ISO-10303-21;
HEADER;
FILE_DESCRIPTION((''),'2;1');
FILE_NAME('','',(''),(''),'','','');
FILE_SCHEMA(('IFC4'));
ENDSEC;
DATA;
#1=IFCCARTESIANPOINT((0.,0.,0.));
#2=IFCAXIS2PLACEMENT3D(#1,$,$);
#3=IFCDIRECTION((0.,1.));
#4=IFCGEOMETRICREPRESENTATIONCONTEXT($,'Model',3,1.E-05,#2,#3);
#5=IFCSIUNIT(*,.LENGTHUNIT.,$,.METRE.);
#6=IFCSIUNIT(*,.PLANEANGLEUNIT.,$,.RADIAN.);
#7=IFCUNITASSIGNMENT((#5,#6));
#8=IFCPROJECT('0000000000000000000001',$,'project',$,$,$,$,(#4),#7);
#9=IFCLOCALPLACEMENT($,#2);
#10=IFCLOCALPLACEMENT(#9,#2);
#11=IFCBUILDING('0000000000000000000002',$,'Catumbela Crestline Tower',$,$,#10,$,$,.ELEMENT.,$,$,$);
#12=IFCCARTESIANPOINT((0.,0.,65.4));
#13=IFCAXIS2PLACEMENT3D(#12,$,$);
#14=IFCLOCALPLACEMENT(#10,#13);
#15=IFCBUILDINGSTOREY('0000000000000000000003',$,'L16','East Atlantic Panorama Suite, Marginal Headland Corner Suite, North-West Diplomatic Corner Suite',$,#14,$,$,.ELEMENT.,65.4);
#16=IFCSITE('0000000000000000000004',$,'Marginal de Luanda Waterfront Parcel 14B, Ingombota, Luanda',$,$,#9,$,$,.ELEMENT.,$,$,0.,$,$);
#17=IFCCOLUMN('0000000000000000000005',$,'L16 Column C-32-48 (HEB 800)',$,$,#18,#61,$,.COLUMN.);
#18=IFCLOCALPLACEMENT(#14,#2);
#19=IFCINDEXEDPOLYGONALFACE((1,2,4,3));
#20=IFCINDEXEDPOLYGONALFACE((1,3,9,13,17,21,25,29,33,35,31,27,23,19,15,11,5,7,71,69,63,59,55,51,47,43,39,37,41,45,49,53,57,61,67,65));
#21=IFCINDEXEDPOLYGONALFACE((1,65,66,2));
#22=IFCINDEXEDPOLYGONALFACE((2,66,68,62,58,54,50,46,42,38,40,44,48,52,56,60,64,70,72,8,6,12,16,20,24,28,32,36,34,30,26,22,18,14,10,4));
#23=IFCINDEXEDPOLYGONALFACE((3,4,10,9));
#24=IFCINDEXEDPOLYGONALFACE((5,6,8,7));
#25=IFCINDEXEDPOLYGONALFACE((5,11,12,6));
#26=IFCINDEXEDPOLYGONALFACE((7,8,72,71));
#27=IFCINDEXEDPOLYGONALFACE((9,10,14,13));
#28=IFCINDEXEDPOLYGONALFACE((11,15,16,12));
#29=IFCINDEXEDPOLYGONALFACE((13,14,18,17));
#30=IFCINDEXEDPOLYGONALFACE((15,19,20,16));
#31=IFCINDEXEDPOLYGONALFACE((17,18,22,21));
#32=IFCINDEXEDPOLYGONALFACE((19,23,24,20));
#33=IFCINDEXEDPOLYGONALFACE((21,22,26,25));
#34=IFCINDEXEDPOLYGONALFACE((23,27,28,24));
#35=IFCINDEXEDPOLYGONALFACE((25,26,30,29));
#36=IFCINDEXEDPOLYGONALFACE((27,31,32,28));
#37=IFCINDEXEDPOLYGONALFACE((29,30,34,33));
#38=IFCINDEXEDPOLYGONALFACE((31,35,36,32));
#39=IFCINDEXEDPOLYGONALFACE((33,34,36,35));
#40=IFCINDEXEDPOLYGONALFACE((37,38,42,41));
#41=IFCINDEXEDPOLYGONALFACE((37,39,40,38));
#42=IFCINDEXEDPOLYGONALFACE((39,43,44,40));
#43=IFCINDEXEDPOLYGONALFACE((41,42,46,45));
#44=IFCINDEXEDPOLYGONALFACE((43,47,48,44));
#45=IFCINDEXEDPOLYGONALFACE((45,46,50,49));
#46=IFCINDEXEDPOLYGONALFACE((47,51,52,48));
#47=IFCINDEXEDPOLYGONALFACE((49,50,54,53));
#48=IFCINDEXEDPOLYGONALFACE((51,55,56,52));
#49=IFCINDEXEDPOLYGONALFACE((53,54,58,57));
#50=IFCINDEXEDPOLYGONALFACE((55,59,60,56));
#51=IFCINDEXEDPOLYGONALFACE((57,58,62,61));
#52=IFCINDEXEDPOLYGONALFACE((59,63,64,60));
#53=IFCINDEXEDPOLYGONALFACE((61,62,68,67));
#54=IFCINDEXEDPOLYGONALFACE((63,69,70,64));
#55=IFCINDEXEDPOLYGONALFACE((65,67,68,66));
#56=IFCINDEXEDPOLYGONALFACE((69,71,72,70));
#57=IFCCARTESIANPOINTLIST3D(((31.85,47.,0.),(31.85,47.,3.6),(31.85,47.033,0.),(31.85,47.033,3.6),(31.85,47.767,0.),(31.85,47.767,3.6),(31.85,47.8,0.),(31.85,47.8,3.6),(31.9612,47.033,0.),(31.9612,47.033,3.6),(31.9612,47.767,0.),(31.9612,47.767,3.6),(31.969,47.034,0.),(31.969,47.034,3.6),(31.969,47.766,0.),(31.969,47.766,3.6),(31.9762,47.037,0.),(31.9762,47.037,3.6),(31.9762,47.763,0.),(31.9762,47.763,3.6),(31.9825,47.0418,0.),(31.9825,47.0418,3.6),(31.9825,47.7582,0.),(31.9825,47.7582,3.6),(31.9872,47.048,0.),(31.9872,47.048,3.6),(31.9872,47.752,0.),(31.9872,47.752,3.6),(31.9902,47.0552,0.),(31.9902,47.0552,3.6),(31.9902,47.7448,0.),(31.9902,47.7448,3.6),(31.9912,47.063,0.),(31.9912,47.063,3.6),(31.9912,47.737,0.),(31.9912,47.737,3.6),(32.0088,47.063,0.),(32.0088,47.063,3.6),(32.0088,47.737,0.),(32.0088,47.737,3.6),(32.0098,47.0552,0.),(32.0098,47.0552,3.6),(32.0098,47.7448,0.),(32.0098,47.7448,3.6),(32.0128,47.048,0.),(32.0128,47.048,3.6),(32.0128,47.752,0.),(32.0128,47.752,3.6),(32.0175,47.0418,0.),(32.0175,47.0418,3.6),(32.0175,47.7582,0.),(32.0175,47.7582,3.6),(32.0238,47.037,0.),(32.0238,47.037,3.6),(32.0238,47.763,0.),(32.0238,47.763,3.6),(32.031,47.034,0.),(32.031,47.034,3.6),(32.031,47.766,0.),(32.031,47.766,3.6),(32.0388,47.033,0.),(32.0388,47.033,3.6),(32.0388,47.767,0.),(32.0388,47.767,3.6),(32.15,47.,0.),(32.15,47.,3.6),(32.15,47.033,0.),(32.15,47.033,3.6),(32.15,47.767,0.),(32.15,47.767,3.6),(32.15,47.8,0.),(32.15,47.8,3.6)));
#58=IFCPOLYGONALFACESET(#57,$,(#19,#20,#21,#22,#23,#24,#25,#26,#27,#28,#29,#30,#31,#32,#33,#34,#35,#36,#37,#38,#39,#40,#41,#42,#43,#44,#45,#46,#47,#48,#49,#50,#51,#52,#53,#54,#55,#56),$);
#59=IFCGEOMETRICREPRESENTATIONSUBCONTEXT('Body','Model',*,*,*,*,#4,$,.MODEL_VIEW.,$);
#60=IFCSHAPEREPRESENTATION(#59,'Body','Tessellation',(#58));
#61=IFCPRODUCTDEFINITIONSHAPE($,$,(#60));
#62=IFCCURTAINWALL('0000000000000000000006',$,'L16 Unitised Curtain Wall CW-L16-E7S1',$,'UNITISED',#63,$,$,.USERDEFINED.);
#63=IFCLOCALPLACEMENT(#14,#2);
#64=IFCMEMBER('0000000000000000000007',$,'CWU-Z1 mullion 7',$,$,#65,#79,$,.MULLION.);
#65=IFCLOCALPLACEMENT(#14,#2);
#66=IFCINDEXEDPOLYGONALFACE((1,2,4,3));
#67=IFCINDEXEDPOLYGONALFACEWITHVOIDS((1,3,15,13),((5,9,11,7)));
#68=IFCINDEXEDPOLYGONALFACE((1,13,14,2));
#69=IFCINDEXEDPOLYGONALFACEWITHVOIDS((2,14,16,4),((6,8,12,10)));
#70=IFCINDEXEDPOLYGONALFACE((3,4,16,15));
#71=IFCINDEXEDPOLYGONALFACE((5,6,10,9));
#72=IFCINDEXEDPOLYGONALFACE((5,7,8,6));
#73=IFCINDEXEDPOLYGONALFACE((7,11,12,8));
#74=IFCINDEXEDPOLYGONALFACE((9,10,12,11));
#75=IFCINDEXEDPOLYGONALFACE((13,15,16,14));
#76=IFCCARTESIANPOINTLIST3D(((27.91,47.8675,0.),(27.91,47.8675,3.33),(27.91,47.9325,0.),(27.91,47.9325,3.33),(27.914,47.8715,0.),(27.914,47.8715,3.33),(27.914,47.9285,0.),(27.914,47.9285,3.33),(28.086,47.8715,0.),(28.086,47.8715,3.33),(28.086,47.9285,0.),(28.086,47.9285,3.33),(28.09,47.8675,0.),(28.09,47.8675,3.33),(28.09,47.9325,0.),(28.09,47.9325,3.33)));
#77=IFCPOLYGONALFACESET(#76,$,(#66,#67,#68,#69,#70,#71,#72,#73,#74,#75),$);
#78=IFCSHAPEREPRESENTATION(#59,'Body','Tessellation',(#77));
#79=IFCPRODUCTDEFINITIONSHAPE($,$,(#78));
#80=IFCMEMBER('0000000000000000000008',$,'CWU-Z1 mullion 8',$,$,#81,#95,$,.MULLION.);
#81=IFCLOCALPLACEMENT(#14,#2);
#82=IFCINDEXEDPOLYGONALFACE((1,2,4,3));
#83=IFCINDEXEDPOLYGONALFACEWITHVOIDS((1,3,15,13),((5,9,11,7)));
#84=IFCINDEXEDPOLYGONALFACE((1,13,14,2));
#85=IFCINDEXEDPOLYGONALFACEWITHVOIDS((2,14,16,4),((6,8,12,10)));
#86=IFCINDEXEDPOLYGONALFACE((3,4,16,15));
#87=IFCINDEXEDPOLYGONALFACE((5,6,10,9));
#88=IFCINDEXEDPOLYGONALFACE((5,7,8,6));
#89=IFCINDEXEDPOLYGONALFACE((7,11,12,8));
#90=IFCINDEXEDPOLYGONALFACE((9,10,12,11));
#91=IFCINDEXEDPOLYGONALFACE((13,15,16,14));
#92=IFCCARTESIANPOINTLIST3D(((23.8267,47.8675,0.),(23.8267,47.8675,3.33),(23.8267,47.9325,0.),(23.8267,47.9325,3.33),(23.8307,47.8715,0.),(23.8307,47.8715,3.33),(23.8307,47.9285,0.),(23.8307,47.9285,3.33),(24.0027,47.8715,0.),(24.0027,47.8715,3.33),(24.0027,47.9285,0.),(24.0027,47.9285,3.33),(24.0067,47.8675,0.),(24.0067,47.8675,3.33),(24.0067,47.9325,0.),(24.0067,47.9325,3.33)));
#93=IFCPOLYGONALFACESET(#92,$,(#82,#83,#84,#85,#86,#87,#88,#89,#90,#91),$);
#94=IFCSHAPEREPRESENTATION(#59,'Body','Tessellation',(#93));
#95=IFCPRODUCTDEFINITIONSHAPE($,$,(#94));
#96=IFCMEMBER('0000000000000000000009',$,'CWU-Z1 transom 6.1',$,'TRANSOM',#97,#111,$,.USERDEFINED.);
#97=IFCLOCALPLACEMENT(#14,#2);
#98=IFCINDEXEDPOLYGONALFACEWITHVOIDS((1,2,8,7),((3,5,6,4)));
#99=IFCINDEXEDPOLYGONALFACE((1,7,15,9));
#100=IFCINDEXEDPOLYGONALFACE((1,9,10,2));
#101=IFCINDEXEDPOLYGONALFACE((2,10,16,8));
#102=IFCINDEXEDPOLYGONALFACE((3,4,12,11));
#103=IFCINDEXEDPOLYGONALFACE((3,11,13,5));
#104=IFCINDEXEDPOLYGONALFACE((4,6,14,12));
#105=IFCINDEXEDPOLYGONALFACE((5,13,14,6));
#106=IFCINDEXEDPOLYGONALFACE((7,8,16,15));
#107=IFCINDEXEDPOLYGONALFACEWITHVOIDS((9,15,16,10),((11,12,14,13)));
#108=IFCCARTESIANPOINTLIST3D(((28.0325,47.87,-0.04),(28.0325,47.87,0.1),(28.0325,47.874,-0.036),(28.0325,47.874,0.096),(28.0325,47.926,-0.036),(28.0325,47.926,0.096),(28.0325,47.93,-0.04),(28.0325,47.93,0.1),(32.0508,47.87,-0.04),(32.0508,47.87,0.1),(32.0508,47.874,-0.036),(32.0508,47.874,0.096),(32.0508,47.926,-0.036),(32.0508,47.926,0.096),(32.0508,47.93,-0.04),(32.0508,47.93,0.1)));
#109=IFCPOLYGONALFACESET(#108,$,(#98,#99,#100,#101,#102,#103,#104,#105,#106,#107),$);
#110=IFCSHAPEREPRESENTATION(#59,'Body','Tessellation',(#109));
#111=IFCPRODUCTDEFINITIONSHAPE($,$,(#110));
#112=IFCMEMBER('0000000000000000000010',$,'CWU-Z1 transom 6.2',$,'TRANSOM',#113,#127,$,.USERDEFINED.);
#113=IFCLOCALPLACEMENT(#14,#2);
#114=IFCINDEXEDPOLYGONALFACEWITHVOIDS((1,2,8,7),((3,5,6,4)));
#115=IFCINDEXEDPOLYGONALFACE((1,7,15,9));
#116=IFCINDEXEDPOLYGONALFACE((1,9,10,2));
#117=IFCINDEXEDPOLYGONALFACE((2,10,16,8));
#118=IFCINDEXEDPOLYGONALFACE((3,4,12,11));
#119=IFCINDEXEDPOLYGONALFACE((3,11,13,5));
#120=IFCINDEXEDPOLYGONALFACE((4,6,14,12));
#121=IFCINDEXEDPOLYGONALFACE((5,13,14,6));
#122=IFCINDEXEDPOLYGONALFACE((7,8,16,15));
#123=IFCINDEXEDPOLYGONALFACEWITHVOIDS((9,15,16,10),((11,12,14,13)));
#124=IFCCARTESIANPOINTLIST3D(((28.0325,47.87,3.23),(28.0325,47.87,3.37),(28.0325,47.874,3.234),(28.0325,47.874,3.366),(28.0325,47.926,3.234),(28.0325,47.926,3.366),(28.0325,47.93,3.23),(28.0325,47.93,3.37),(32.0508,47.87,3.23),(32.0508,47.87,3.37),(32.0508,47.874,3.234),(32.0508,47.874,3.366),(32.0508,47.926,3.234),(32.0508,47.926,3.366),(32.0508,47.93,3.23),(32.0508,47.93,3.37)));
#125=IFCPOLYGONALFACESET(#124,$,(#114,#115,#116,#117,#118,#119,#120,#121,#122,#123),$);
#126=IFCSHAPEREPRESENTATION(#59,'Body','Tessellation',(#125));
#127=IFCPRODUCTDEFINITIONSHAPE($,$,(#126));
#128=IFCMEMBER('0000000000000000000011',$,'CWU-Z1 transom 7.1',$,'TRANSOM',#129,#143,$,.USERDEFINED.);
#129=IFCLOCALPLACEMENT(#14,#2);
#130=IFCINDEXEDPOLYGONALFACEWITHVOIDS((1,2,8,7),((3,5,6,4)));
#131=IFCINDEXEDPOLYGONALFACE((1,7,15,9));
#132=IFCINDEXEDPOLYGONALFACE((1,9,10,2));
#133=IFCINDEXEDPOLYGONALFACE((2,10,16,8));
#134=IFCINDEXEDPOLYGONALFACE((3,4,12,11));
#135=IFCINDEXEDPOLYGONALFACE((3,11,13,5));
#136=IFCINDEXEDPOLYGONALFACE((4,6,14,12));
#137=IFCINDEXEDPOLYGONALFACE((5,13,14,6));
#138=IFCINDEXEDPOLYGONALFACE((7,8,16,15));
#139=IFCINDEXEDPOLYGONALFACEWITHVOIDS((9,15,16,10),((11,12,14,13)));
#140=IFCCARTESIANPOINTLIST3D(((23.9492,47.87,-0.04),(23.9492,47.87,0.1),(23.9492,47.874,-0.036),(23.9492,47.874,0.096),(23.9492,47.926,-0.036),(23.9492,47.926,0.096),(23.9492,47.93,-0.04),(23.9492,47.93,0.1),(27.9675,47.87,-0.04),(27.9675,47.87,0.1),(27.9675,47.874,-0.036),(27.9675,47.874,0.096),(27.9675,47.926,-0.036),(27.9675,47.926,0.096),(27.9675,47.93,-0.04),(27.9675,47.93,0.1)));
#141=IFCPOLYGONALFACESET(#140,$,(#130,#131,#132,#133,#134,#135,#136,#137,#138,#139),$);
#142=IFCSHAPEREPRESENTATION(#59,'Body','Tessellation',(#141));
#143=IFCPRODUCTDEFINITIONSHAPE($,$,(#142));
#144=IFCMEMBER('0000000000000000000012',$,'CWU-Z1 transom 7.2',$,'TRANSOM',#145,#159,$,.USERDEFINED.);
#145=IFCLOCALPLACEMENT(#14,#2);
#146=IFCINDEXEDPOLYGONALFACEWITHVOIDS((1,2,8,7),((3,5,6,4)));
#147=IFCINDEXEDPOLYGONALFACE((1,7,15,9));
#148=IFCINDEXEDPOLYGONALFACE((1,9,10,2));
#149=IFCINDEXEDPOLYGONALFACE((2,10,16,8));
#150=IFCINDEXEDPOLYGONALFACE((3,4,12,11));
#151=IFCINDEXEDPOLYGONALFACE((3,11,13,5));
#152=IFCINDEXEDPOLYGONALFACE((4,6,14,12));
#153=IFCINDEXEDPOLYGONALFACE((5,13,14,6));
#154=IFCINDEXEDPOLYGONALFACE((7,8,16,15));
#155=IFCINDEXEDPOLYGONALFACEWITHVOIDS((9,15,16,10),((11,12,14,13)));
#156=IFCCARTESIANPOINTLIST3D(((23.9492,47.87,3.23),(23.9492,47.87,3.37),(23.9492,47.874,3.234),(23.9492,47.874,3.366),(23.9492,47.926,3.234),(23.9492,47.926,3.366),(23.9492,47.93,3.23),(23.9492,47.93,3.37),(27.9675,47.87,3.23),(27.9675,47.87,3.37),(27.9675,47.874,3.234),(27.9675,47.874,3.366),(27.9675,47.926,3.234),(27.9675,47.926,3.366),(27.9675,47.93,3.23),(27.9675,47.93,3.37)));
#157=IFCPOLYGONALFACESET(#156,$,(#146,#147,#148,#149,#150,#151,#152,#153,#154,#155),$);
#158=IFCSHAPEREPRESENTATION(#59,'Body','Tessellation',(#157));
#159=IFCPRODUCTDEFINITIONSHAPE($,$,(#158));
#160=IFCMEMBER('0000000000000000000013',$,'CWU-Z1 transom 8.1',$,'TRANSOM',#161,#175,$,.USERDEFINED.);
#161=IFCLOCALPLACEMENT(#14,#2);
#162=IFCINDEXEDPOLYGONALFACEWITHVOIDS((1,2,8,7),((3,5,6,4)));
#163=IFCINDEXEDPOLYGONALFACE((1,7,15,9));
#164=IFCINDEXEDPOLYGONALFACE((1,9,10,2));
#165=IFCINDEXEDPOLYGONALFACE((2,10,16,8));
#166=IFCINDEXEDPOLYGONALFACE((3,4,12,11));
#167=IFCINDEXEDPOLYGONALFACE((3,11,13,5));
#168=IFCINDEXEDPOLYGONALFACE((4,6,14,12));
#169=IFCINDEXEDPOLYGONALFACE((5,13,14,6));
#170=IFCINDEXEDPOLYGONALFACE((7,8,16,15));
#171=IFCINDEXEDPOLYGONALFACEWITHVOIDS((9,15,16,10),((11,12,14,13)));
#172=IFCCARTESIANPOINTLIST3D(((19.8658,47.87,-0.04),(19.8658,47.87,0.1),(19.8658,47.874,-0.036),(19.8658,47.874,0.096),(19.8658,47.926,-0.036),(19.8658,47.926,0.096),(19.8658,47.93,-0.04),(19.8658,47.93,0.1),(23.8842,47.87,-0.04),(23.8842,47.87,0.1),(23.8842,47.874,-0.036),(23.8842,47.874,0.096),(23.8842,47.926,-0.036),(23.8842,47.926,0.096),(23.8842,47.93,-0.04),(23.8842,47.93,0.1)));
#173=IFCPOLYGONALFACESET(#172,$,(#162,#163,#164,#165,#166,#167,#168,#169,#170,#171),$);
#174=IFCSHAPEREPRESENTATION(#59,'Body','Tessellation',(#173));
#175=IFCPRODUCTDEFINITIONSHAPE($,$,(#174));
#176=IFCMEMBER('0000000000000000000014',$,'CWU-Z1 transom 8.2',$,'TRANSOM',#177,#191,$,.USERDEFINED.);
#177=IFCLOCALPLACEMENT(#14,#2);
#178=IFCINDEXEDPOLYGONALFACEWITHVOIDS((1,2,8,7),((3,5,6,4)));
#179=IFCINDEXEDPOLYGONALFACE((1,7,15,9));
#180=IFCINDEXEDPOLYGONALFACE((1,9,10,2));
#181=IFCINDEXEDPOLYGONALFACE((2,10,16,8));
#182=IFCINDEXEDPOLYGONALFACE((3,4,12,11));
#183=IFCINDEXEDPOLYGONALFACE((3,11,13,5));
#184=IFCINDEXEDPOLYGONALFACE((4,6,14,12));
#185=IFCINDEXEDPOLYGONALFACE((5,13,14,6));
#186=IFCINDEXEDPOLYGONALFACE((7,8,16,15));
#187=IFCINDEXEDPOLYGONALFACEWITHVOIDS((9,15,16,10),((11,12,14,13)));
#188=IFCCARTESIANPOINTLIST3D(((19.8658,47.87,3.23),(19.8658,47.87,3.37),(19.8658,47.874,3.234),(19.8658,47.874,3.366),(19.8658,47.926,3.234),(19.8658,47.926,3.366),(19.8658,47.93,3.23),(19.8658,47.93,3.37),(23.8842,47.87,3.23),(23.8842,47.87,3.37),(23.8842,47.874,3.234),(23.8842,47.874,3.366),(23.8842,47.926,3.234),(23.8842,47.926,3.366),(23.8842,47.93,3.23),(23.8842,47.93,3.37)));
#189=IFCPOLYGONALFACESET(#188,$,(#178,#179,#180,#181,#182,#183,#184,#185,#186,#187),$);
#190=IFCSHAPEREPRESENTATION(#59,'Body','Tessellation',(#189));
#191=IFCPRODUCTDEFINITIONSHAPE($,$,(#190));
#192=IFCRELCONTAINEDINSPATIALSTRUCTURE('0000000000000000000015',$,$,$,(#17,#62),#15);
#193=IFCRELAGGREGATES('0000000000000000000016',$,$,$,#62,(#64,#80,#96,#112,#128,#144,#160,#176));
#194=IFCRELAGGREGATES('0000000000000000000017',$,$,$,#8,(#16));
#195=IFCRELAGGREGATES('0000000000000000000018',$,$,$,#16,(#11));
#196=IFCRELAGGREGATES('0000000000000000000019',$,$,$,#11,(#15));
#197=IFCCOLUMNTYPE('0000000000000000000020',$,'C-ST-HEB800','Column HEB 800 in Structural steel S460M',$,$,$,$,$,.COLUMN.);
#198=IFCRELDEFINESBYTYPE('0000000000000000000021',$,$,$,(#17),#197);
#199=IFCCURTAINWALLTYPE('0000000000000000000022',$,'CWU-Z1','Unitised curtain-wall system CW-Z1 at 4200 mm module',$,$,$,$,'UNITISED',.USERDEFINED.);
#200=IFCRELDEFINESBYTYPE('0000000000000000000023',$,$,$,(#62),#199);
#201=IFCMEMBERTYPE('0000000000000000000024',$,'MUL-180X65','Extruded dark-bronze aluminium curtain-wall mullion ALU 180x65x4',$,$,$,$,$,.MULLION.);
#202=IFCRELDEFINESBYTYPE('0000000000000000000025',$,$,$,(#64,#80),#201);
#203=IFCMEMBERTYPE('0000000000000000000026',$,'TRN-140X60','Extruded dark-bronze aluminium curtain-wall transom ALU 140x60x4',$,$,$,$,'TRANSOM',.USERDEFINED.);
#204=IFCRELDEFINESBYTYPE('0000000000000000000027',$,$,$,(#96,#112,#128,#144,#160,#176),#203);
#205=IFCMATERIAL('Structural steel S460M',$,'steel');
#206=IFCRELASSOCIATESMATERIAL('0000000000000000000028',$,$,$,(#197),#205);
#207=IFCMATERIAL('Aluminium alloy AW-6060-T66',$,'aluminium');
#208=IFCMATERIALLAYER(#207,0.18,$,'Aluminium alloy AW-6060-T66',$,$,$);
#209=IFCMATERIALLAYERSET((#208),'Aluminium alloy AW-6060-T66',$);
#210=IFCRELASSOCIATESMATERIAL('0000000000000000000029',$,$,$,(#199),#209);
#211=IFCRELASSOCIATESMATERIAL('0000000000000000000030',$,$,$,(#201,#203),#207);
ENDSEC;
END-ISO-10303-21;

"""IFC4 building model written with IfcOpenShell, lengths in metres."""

from ifc_helpers import new_model, si_unit, direction, frame, origin, origin_2d, place, context, subcontext, project, spatial, hollow_rectangle, i_section, extrude, material, layer, layer_set, material_profile, profile_set, type_object, element, aggregate, save


model = new_model("IFC4")

# Units and contexts
model_context = context("Model", 3, precision=1e-05, world=origin(), true_north=direction((0.0, 1.0)))
body_context = subcontext(model_context, "Body", "Model", "MODEL_VIEW")
ifc_project = project(units=[si_unit("LENGTHUNIT", "METRE"), si_unit("PLANEANGLEUNIT", "RADIAN")], contexts=[model_context])

# Site, building, storey
site_placement = place(None, origin())
site = spatial("IfcSite", under=ifc_project, at=site_placement, Name="Marginal de Luanda Waterfront Parcel 14B, Ingombota, Luanda", CompositionType="ELEMENT", RefElevation=0.0)
building_placement = place(site_placement, origin())
building = spatial("IfcBuilding", under=site, at=building_placement, Name="Catumbela Crestline Tower", CompositionType="ELEMENT")
storey_placement = place(building_placement, frame((0.0, 0.0, 65.4)))
storey = spatial("IfcBuildingStorey", under=building, at=storey_placement, Name="L16", Description="East Atlantic Panorama Suite, Marginal Headland Corner Suite, North-West Diplomatic Corner Suite", CompositionType="ELEMENT", Elevation=65.4)

# Column
ifc_material_1 = material(Name="Structural steel S460M", Category="steel")
ifc_material_profile_1 = material_profile(ifc_material_1, i_section(OverallWidth=0.3, OverallDepth=0.8, WebThickness=0.0175, FlangeThickness=0.033, FilletRadius=0.03, at=origin_2d()), Name="HEB 800")
ifc_profile_set_1 = profile_set([ifc_material_profile_1], Name="Structural steel S460M")
column_type = type_object("IfcColumnType", Name="C-ST-HEB800", Description="Column HEB 800 in Structural steel S460M", PredefinedType="COLUMN", material=ifc_profile_set_1)
column_placement = place(storey_placement, frame((32.0, 47.4, 0.0), z_axis=(0.0, 0.0, 1.0), x_axis=(1.0, 0.0, 0.0)))
element("IfcColumn", 1, at=column_placement, inside=storey, type_object=column_type, Name="L16 Column C-32-48 (HEB 800)", PredefinedType="COLUMN", context=body_context, shape_type="SweptSolid", body=[
    extrude(i_section(OverallWidth=0.3, OverallDepth=0.8, WebThickness=0.0175, FlangeThickness=0.033, FilletRadius=0.03, at=origin_2d()), origin(), (0.0, 0.0, 1.0), 3.6),
])

# Curtain wall, members
ifc_material_2 = material(Name="Aluminium alloy AW-6060-T66", Category="aluminium")
ifc_layer_1 = layer(ifc_material_2, 0.18, Name="Aluminium alloy AW-6060-T66")
ifc_layer_set_1 = layer_set([ifc_layer_1], Name="Aluminium alloy AW-6060-T66")
curtain_wall_type = type_object("IfcCurtainWallType", Name="CWU-Z1", Description="Unitised curtain-wall system CW-Z1 at 4200 mm module", ElementType="UNITISED", PredefinedType="USERDEFINED", material=ifc_layer_set_1)
curtain_wall_placement = place(storey_placement, origin())
curtain_wall = element("IfcCurtainWall", 2, at=curtain_wall_placement, inside=storey, type_object=curtain_wall_type, Name="L16 Unitised Curtain Wall CW-L16-E7S1", ObjectType="UNITISED", PredefinedType="USERDEFINED")
ifc_material_profile_2 = material_profile(ifc_material_2, hollow_rectangle(XDim=0.065, YDim=0.18, WallThickness=0.004, at=origin_2d()), Name="ALU 180x65x4")
ifc_profile_set_2 = profile_set([ifc_material_profile_2], Name="Aluminium alloy AW-6060-T66")
member_type_1 = type_object("IfcMemberType", Name="MUL-180X65", Description="Extruded dark-bronze aluminium curtain-wall mullion ALU 180x65x4", PredefinedType="MULLION", material=ifc_profile_set_2)
member_1_placement = place(storey_placement, frame((28.0, 47.9, 0.0), z_axis=(0.0, 0.0, 1.0), x_axis=(0.0, -1.0, 0.0)))
member_1 = element("IfcMember", 3, at=member_1_placement, type_object=member_type_1, Name="CWU-Z1 mullion 7", PredefinedType="MULLION", context=body_context, shape_type="SweptSolid", body=[
    extrude(hollow_rectangle(XDim=0.065, YDim=0.18, WallThickness=0.004, at=origin_2d()), origin(), (0.0, 0.0, 1.0), 3.33),
])
member_2_placement = place(storey_placement, frame((23.9167, 47.9, 0.0), z_axis=(0.0, 0.0, 1.0), x_axis=(0.0, -1.0, 0.0)))
member_2 = element("IfcMember", 4, at=member_2_placement, type_object=member_type_1, Name="CWU-Z1 mullion 8", PredefinedType="MULLION", context=body_context, shape_type="SweptSolid", body=[
    extrude(hollow_rectangle(XDim=0.065, YDim=0.18, WallThickness=0.004, at=origin_2d()), origin(), (0.0, 0.0, 1.0), 3.33),
])
ifc_material_profile_3 = material_profile(ifc_material_2, hollow_rectangle(XDim=0.06, YDim=0.14, WallThickness=0.004, at=origin_2d()), Name="ALU 140x60x4")
ifc_profile_set_3 = profile_set([ifc_material_profile_3], Name="Aluminium alloy AW-6060-T66")
member_type_2 = type_object("IfcMemberType", Name="TRN-140X60", Description="Extruded dark-bronze aluminium curtain-wall transom ALU 140x60x4", ElementType="TRANSOM", PredefinedType="USERDEFINED", material=ifc_profile_set_3)
member_3_placement = place(storey_placement, frame((32.0508, 47.9, 0.03), z_axis=(-1.0, 0.0, 0.0), x_axis=(0.0, -1.0, 0.0)))
member_3 = element("IfcMember", 5, at=member_3_placement, type_object=member_type_2, Name="CWU-Z1 transom 6.1", ObjectType="TRANSOM", PredefinedType="USERDEFINED", context=body_context, shape_type="SweptSolid", body=[
    extrude(hollow_rectangle(XDim=0.06, YDim=0.14, WallThickness=0.004, at=origin_2d()), origin(), (0.0, 0.0, 1.0), 4.0183),
])
member_4_placement = place(storey_placement, frame((32.0508, 47.9, 3.3), z_axis=(-1.0, 0.0, 0.0), x_axis=(0.0, -1.0, 0.0)))
member_4 = element("IfcMember", 6, at=member_4_placement, type_object=member_type_2, Name="CWU-Z1 transom 6.2", ObjectType="TRANSOM", PredefinedType="USERDEFINED", context=body_context, shape_type="SweptSolid", body=[
    extrude(hollow_rectangle(XDim=0.06, YDim=0.14, WallThickness=0.004, at=origin_2d()), origin(), (0.0, 0.0, 1.0), 4.0183),
])
member_5_placement = place(storey_placement, frame((27.9675, 47.9, 0.03), z_axis=(-1.0, 0.0, 0.0), x_axis=(0.0, -1.0, 0.0)))
member_5 = element("IfcMember", 7, at=member_5_placement, type_object=member_type_2, Name="CWU-Z1 transom 7.1", ObjectType="TRANSOM", PredefinedType="USERDEFINED", context=body_context, shape_type="SweptSolid", body=[
    extrude(hollow_rectangle(XDim=0.06, YDim=0.14, WallThickness=0.004, at=origin_2d()), origin(), (0.0, 0.0, 1.0), 4.0183),
])
member_6_placement = place(storey_placement, frame((27.9675, 47.9, 3.3), z_axis=(-1.0, 0.0, 0.0), x_axis=(0.0, -1.0, 0.0)))
member_6 = element("IfcMember", 8, at=member_6_placement, type_object=member_type_2, Name="CWU-Z1 transom 7.2", ObjectType="TRANSOM", PredefinedType="USERDEFINED", context=body_context, shape_type="SweptSolid", body=[
    extrude(hollow_rectangle(XDim=0.06, YDim=0.14, WallThickness=0.004, at=origin_2d()), origin(), (0.0, 0.0, 1.0), 4.0183),
])
member_7_placement = place(storey_placement, frame((23.8842, 47.9, 0.03), z_axis=(-1.0, 0.0, 0.0), x_axis=(0.0, -1.0, 0.0)))
member_7 = element("IfcMember", 9, at=member_7_placement, type_object=member_type_2, Name="CWU-Z1 transom 8.1", ObjectType="TRANSOM", PredefinedType="USERDEFINED", context=body_context, shape_type="SweptSolid", body=[
    extrude(hollow_rectangle(XDim=0.06, YDim=0.14, WallThickness=0.004, at=origin_2d()), origin(), (0.0, 0.0, 1.0), 4.0184),
])
member_8_placement = place(storey_placement, frame((23.8842, 47.9, 3.3), z_axis=(-1.0, 0.0, 0.0), x_axis=(0.0, -1.0, 0.0)))
member_8 = element("IfcMember", 10, at=member_8_placement, type_object=member_type_2, Name="CWU-Z1 transom 8.2", ObjectType="TRANSOM", PredefinedType="USERDEFINED", context=body_context, shape_type="SweptSolid", body=[
    extrude(hollow_rectangle(XDim=0.06, YDim=0.14, WallThickness=0.004, at=origin_2d()), origin(), (0.0, 0.0, 1.0), 4.0184),
])
aggregate(curtain_wall, [member_1, member_2, member_3, member_4, member_5, member_6, member_7, member_8])

save(model, "model.ifc")
